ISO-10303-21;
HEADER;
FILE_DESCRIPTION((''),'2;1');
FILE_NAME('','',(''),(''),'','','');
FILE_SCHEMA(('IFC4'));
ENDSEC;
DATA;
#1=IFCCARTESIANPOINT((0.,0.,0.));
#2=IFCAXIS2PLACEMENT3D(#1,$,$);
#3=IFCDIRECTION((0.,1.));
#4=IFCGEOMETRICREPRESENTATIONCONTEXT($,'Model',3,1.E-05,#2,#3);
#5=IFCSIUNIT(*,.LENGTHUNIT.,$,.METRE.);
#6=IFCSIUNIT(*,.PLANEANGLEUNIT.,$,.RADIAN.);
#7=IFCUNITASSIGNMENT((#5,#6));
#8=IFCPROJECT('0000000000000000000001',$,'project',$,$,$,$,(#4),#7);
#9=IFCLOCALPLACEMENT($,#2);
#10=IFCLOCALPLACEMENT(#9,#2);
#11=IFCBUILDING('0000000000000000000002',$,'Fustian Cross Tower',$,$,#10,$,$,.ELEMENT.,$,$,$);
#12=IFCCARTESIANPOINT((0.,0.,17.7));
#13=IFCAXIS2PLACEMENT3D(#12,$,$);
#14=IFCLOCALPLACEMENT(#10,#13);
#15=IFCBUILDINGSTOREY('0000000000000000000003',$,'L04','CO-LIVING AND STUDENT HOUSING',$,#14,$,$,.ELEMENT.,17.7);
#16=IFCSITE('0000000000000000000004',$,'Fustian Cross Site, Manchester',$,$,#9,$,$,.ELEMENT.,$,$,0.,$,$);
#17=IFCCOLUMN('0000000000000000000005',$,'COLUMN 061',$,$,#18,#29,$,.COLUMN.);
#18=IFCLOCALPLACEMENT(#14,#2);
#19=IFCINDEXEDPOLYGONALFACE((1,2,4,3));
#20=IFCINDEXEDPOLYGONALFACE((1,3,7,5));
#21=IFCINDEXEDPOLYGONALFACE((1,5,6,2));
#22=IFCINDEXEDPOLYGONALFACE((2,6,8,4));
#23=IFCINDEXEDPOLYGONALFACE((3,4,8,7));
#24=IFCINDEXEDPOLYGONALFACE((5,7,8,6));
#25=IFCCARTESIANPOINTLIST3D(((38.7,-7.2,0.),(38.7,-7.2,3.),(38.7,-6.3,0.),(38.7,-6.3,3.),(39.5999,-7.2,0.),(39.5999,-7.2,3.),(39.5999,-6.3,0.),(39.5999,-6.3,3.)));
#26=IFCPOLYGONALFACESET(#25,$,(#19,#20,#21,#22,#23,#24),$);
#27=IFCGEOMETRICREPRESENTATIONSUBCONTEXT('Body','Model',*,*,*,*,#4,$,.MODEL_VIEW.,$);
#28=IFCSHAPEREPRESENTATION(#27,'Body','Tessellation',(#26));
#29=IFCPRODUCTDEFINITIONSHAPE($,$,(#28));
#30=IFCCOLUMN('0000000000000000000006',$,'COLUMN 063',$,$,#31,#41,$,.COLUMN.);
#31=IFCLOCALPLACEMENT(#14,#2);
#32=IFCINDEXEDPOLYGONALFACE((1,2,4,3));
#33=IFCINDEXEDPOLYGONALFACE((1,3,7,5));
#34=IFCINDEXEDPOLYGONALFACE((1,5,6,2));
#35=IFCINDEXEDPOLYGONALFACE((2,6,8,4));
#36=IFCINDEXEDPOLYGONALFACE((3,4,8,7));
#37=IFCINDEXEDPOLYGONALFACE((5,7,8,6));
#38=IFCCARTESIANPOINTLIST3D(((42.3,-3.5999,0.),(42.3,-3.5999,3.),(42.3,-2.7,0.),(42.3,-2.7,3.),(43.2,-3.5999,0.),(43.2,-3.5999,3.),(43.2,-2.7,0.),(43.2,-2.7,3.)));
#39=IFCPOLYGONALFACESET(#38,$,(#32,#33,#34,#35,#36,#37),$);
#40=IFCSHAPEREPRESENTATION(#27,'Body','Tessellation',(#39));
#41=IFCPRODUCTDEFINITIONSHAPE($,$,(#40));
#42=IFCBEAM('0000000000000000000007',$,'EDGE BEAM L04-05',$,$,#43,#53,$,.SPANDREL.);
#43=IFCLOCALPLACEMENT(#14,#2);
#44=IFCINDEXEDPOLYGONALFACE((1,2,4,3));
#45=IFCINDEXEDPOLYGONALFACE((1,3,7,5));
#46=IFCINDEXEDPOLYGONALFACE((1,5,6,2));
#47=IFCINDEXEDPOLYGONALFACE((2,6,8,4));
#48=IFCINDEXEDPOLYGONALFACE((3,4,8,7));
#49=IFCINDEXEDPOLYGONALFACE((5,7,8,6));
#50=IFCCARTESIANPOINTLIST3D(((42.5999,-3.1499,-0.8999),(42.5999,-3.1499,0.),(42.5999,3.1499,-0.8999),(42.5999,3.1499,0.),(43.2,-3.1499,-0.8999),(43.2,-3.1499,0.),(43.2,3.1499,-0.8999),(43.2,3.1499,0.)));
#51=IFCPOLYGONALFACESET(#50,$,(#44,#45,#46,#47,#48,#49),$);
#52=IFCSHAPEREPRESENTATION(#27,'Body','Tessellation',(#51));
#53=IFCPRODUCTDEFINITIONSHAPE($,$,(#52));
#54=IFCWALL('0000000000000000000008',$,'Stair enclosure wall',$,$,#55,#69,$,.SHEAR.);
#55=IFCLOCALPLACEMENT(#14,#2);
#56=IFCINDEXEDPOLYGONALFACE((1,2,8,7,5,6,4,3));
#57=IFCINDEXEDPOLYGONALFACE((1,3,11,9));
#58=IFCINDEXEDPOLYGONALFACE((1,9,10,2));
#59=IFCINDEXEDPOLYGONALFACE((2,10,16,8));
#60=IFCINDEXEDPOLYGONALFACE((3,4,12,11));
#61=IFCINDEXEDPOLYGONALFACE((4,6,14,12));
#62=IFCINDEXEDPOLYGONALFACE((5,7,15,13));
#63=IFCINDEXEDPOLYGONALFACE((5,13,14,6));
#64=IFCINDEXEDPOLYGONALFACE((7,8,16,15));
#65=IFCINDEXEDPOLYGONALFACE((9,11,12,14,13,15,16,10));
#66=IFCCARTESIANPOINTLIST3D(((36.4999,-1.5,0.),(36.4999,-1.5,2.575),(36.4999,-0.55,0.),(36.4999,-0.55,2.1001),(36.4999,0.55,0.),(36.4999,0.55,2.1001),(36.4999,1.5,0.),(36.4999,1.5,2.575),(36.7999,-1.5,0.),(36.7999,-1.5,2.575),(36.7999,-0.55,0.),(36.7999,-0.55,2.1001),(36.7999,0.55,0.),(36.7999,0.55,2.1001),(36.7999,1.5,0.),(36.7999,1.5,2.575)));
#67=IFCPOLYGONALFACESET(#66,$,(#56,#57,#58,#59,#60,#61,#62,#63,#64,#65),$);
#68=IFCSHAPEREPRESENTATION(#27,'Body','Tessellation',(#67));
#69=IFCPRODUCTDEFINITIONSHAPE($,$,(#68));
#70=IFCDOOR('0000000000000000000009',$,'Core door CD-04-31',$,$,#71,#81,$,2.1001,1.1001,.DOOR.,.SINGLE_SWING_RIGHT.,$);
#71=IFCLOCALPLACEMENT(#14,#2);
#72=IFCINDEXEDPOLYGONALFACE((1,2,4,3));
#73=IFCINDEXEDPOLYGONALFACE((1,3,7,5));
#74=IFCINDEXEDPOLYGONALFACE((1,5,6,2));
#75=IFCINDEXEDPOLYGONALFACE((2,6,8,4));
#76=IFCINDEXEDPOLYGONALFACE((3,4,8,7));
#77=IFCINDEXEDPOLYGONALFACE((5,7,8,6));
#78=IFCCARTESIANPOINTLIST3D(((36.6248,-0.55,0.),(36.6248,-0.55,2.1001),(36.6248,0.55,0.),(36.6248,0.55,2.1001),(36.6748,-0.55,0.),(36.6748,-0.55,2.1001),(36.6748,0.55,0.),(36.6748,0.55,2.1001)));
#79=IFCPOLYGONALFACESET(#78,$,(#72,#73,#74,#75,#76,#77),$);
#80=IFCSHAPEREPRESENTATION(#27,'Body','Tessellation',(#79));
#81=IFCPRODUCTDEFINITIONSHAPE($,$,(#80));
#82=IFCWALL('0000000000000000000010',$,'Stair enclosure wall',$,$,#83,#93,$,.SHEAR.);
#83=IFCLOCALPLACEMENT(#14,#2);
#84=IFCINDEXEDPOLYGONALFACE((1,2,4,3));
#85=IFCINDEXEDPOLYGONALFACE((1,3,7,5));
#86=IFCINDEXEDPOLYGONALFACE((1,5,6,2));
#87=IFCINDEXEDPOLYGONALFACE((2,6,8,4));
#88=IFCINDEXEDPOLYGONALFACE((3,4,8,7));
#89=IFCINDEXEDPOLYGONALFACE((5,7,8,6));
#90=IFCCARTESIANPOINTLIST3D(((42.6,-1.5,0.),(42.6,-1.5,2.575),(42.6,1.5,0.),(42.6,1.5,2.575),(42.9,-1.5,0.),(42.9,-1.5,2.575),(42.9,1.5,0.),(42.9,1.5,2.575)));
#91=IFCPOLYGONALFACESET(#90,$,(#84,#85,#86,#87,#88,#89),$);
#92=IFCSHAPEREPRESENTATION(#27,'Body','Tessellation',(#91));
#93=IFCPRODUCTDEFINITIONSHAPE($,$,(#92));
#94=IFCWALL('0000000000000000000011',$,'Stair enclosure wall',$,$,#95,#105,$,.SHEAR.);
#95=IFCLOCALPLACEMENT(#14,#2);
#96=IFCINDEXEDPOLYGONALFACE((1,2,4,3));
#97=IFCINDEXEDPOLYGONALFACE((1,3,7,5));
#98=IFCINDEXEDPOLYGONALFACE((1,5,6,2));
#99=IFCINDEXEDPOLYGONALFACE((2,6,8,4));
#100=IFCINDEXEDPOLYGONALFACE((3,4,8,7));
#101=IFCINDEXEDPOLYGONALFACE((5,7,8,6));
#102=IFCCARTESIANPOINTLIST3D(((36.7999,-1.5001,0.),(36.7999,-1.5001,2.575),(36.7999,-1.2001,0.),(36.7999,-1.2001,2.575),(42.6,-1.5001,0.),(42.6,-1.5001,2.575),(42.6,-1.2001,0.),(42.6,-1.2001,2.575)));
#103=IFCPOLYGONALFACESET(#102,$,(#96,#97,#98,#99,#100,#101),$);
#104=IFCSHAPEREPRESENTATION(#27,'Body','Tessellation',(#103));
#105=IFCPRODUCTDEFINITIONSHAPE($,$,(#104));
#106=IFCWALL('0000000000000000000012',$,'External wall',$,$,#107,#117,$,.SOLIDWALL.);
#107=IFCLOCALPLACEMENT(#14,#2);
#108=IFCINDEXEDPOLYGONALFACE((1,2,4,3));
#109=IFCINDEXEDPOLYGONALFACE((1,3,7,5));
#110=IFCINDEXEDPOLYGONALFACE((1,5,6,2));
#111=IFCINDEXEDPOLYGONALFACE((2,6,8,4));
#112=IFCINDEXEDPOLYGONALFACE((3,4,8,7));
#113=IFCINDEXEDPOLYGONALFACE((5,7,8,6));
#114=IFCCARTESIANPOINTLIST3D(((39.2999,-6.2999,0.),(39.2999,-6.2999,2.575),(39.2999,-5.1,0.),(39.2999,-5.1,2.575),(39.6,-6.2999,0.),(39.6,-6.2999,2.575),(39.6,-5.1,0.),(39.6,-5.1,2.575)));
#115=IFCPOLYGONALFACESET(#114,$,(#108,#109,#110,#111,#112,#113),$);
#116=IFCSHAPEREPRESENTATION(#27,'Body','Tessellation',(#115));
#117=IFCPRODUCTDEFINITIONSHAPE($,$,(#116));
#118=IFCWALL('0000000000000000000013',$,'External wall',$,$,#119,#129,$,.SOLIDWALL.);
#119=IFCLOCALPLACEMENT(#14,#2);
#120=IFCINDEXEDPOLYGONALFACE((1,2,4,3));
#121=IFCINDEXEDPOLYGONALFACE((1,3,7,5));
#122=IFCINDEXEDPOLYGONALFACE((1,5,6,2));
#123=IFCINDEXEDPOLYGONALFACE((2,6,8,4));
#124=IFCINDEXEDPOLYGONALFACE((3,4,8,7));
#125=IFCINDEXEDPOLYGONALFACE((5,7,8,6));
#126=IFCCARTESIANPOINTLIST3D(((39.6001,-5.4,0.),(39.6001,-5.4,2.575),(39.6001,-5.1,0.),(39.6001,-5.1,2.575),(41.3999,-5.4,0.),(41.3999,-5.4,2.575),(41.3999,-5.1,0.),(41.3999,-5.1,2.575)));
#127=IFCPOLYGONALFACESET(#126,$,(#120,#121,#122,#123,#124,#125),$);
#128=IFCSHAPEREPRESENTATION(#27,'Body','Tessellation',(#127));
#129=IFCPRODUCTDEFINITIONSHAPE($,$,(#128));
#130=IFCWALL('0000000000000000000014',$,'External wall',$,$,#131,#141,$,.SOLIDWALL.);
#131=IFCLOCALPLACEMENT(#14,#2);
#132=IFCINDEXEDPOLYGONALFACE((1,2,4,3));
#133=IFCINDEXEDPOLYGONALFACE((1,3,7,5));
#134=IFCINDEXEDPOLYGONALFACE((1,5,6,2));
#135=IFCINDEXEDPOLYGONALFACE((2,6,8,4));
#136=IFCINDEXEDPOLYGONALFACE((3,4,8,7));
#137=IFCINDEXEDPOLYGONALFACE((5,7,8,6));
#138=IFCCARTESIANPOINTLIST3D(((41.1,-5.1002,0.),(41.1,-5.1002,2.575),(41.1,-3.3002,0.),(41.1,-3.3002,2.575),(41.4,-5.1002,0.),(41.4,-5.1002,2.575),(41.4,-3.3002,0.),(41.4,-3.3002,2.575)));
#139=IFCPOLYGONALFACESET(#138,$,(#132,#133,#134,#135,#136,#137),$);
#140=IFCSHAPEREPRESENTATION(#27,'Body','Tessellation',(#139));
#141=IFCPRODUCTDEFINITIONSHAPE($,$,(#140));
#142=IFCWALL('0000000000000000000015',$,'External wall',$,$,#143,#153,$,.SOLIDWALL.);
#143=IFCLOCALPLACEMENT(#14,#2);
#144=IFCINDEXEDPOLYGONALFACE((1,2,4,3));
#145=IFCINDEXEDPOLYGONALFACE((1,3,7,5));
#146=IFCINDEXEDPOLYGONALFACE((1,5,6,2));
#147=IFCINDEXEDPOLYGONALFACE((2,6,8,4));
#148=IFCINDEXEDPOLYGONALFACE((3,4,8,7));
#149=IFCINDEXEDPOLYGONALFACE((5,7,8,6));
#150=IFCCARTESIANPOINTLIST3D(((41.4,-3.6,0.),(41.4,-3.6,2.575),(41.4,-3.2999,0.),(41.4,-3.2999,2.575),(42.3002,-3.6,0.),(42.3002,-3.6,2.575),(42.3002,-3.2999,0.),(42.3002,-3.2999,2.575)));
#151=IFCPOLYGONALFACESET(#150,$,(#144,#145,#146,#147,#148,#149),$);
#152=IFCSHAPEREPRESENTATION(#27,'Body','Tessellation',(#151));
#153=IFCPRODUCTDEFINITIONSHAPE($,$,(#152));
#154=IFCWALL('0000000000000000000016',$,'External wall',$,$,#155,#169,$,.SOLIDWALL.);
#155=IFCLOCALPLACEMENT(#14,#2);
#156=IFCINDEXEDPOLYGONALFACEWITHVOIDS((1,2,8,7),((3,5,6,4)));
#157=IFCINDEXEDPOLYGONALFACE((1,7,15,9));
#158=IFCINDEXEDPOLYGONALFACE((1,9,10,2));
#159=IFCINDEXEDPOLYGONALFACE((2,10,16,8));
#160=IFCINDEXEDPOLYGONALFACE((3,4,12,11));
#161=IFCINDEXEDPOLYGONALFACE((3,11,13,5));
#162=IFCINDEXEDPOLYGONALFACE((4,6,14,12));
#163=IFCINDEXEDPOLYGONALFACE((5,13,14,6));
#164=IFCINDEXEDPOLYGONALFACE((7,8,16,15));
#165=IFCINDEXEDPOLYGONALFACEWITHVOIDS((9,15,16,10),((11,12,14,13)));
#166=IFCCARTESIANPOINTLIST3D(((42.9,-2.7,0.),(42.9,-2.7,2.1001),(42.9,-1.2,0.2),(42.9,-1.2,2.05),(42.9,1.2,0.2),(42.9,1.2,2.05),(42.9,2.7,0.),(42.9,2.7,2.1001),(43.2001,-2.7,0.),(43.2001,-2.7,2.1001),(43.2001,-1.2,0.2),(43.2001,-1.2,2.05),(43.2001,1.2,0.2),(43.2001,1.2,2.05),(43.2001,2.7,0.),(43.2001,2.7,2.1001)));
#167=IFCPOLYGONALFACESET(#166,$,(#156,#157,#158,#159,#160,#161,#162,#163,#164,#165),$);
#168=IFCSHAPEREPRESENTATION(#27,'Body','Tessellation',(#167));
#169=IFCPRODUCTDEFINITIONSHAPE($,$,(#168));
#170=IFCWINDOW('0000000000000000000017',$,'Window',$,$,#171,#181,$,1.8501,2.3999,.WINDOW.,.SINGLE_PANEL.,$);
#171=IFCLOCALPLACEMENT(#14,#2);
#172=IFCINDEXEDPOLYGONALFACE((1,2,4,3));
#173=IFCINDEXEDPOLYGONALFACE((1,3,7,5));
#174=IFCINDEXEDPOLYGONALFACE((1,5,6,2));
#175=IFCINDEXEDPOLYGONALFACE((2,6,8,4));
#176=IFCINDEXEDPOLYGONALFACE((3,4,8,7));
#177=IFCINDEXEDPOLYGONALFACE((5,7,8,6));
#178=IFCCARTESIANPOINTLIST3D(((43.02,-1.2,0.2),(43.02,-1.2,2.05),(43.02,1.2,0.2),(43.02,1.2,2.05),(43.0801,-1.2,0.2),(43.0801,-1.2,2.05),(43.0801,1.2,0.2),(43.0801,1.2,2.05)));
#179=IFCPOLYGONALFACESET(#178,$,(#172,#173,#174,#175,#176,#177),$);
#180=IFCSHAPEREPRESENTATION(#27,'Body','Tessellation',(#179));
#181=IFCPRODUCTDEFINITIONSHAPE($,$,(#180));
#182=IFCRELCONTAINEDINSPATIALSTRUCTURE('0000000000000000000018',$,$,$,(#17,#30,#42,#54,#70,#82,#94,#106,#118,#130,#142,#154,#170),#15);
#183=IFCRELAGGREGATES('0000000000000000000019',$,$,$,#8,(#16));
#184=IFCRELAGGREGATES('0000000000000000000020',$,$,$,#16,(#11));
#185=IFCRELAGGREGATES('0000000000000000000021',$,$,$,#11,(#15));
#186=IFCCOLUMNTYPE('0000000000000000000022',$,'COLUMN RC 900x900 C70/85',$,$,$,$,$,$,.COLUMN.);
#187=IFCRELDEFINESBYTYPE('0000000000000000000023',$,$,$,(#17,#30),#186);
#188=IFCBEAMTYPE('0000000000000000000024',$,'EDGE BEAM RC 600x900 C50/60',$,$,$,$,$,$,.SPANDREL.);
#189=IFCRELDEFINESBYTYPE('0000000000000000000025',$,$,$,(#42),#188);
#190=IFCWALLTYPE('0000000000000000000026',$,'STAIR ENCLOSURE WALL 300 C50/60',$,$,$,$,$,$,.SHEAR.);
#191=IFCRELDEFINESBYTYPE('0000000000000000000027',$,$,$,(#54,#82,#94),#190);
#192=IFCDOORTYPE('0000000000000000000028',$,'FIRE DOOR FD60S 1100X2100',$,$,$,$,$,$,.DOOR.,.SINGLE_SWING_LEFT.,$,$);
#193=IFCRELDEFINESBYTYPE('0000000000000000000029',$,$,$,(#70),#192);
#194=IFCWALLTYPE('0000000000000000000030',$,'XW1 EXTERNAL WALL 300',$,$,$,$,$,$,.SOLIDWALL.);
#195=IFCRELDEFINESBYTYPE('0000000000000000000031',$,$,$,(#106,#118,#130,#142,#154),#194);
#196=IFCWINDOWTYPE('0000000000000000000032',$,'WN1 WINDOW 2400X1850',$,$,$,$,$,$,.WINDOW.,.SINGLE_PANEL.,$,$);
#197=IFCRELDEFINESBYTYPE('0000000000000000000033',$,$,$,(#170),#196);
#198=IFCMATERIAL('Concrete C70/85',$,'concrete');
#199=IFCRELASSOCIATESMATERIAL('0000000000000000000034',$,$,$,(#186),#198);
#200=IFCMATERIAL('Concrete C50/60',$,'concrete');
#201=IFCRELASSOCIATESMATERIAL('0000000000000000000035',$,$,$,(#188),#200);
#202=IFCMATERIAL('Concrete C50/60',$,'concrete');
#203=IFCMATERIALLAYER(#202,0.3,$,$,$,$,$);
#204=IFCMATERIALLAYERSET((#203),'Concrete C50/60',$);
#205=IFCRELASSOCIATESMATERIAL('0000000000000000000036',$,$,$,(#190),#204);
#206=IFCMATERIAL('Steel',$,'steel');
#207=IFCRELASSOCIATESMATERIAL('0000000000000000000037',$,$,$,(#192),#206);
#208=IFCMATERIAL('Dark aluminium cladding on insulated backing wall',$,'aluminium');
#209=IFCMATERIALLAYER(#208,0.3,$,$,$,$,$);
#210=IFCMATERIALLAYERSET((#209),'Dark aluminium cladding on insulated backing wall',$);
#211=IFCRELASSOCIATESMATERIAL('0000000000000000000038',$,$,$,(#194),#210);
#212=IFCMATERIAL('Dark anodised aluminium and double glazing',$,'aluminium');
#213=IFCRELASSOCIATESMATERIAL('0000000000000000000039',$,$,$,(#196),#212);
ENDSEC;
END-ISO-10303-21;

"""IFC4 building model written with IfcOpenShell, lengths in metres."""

from ifc_helpers import new_model, si_unit, direction, frame, frame_2d, origin, origin_2d, place, context, subcontext, project, spatial, rectangle, extrude, material, layer, layer_set, material_profile, profile_set, type_object, element, fill, save


model = new_model("IFC4")

# Units and contexts
model_context = context("Model", 3, precision=1e-05, world=origin(), true_north=direction((0.0, 1.0)))
body_context = subcontext(model_context, "Body", "Model", "MODEL_VIEW")
ifc_project = project(units=[si_unit("LENGTHUNIT", "METRE"), si_unit("PLANEANGLEUNIT", "RADIAN")], contexts=[model_context])

# Site, building, storey
site_placement = place(None, origin())
site = spatial("IfcSite", under=ifc_project, at=site_placement, Name="Fustian Cross Site, Manchester", CompositionType="ELEMENT", RefElevation=0.0)
building_placement = place(site_placement, origin())
building = spatial("IfcBuilding", under=site, at=building_placement, Name="Fustian Cross Tower", CompositionType="ELEMENT")
storey_placement = place(building_placement, frame((0.0, 0.0, 17.7)))
storey = spatial("IfcBuildingStorey", under=building, at=storey_placement, Name="L04", Description="CO-LIVING AND STUDENT HOUSING", CompositionType="ELEMENT", Elevation=17.7)

# Columns
ifc_material_1 = material(Name="Concrete C70/85", Category="concrete")
ifc_material_profile_1 = material_profile(ifc_material_1, rectangle(XDim=0.8999, YDim=0.8999, at=origin_2d()), Name="RC 900x900")
ifc_profile_set_1 = profile_set([ifc_material_profile_1], Name="Concrete C70/85")
column_type = type_object("IfcColumnType", Name="COLUMN RC 900x900 C70/85", PredefinedType="COLUMN", material=ifc_profile_set_1)
for number, where, z_axis, x_axis, name in (
    (1, (39.1499, -6.75, 0.0), (0.0, 0.0, 1.0), (1.0, 0.0, 0.0), "COLUMN 061"),
    (2, (42.75, -3.1499, 0.0), (0.0, 0.0, 1.0), (1.0, 0.0, 0.0), "COLUMN 063"),
):
    element("IfcColumn", number, at=place(storey_placement, frame(where, z_axis=z_axis, x_axis=x_axis)), inside=storey, type_object=column_type, Name=name, PredefinedType="COLUMN", context=body_context, shape_type="SweptSolid", body=[
        extrude(rectangle(XDim=0.8999, YDim=0.8999, at=origin_2d()), origin(), (0.0, 0.0, 1.0), 3.0),
    ])

# Beam
ifc_material_2 = material(Name="Concrete C50/60", Category="concrete")
ifc_material_profile_2 = material_profile(ifc_material_2, rectangle(XDim=0.6001, YDim=0.8999, at=origin_2d()), Name="RC 600x900")
ifc_profile_set_2 = profile_set([ifc_material_profile_2], Name="Concrete C50/60")
beam_type = type_object("IfcBeamType", Name="EDGE BEAM RC 600x900 C50/60", PredefinedType="SPANDREL", material=ifc_profile_set_2)
beam_placement = place(storey_placement, frame((42.8999, -3.1499, -0.45), z_axis=(0.0, 1.0, 0.0), x_axis=(-1.0, 0.0, 0.0)))
element("IfcBeam", 3, at=beam_placement, inside=storey, type_object=beam_type, Name="EDGE BEAM L04-05", PredefinedType="SPANDREL", context=body_context, shape_type="SweptSolid", body=[
    extrude(rectangle(XDim=0.6001, YDim=0.8999, at=origin_2d()), origin(), (0.0, 0.0, 1.0), 6.2998),
])

# Wall, opening, door
ifc_material_3 = material(Name="Concrete C50/60", Category="concrete")
ifc_layer_1 = layer(ifc_material_3, 0.3)
ifc_layer_set_1 = layer_set([ifc_layer_1], Name="Concrete C50/60")
wall_type_1 = type_object("IfcWallType", Name="STAIR ENCLOSURE WALL 300 C50/60", PredefinedType="SHEAR", material=ifc_layer_set_1)
wall_1_placement = place(storey_placement, frame((36.6499, -1.5, 0.0), z_axis=(0.0, 0.0, 1.0), x_axis=(0.0, 1.0, 0.0)))
wall_1 = element("IfcWall", 4, at=wall_1_placement, inside=storey, type_object=wall_type_1, Name="Stair enclosure wall", PredefinedType="SHEAR", context=body_context, shape_type="SweptSolid", body=[
    extrude(rectangle(XDim=3.0, YDim=0.3, at=frame_2d((1.5, 0.0))), origin(), (0.0, 0.0, 1.0), 2.575),
])
opening_1_placement = place(wall_1_placement, frame((0.95, 0.0, 0.0)))
opening_1 = element("IfcOpeningElement", 5, at=opening_1_placement, cuts=wall_1, PredefinedType="OPENING", context=body_context, shape_type="SweptSolid", body=[
    extrude(rectangle(XDim=1.1001, YDim=2.1001, at=frame_2d((0.55, 1.05))), frame((0.0, 0.1599, 0.0), z_axis=(0.0, -1.0, 0.0), x_axis=(1.0, 0.0, 0.0)), (0.0, 0.0, 1.0), 0.3201),
])
ifc_material_4 = material(Name="Steel", Category="steel")
door_type = type_object("IfcDoorType", Name="FIRE DOOR FD60S 1100X2100", OperationType="SINGLE_SWING_LEFT", PredefinedType="DOOR", material=ifc_material_4)
door_placement = place(opening_1_placement, frame((1.1001, 0.0, 0.0), z_axis=(0.0, 0.0, 1.0), x_axis=(-1.0, 0.0, 0.0)))
door = element("IfcDoor", 6, at=door_placement, inside=storey, type_object=door_type, Name="Core door CD-04-31", OperationType="SINGLE_SWING_RIGHT", OverallHeight=2.1001, OverallWidth=1.1001, PredefinedType="DOOR", context=body_context, shape_type="SweptSolid", body=[
    extrude(rectangle(XDim=1.1001, YDim=2.1001, at=frame_2d((0.55, 1.05))), frame((0.0, 0.0249, 0.0), z_axis=(0.0, -1.0, 0.0), x_axis=(1.0, 0.0, 0.0)), (0.0, 0.0, 1.0), 0.05),
])
fill(opening_1, door)

# Walls
wall_2_placement = place(storey_placement, frame((42.75, -1.5, 0.0), z_axis=(0.0, 0.0, 1.0), x_axis=(0.0, 1.0, 0.0)))
element("IfcWall", 7, at=wall_2_placement, inside=storey, type_object=wall_type_1, Name="Stair enclosure wall", PredefinedType="SHEAR", context=body_context, shape_type="SweptSolid", body=[
    extrude(rectangle(XDim=3.0, YDim=0.3, at=frame_2d((1.5, 0.0))), origin(), (0.0, 0.0, 1.0), 2.575),
])
wall_3_placement = place(storey_placement, frame((36.8, -1.3501, 0.0), z_axis=(0.0, 0.0, 1.0), x_axis=(1.0, 0.0, 0.0)))
element("IfcWall", 8, at=wall_3_placement, inside=storey, type_object=wall_type_1, Name="Stair enclosure wall", PredefinedType="SHEAR", context=body_context, shape_type="SweptSolid", body=[
    extrude(rectangle(XDim=5.8, YDim=0.3, at=frame_2d((2.8999, 0.0))), origin(), (0.0, 0.0, 1.0), 2.575),
])
ifc_material_5 = material(Name="Dark aluminium cladding on insulated backing wall", Category="aluminium")
ifc_layer_2 = layer(ifc_material_5, 0.3)
ifc_layer_set_2 = layer_set([ifc_layer_2], Name="Dark aluminium cladding on insulated backing wall")
wall_type_2 = type_object("IfcWallType", Name="XW1 EXTERNAL WALL 300", PredefinedType="SOLIDWALL", material=ifc_layer_set_2)
wall_4_placement = place(storey_placement, frame((39.45, -6.3, 0.0), z_axis=(0.0, 0.0, 1.0), x_axis=(0.0, 1.0, 0.0)))
element("IfcWall", 9, at=wall_4_placement, inside=storey, type_object=wall_type_2, Name="External wall", PredefinedType="SOLIDWALL", context=body_context, shape_type="SweptSolid", body=[
    extrude(rectangle(XDim=1.2, YDim=0.3, at=frame_2d((0.6001, 0.0))), origin(), (0.0, 0.0, 1.0), 2.575),
])
wall_5_placement = place(storey_placement, frame((39.6001, -5.25, 0.0), z_axis=(0.0, 0.0, 1.0), x_axis=(1.0, 0.0, 0.0)))
element("IfcWall", 10, at=wall_5_placement, inside=storey, type_object=wall_type_2, Name="External wall", PredefinedType="SOLIDWALL", context=body_context, shape_type="SweptSolid", body=[
    extrude(rectangle(XDim=1.7998, YDim=0.3, at=frame_2d((0.8999, 0.0))), origin(), (0.0, 0.0, 1.0), 2.575),
])
wall_6_placement = place(storey_placement, frame((41.25, -5.1001, 0.0), z_axis=(0.0, 0.0, 1.0), x_axis=(0.0, 1.0, 0.0)))
element("IfcWall", 11, at=wall_6_placement, inside=storey, type_object=wall_type_2, Name="External wall", PredefinedType="SOLIDWALL", context=body_context, shape_type="SweptSolid", body=[
    extrude(rectangle(XDim=1.8, YDim=0.3, at=frame_2d((0.8999, 0.0))), origin(), (0.0, 0.0, 1.0), 2.575),
])
wall_7_placement = place(storey_placement, frame((41.3999, -3.45, 0.0), z_axis=(0.0, 0.0, 1.0), x_axis=(1.0, 0.0, 0.0)))
element("IfcWall", 12, at=wall_7_placement, inside=storey, type_object=wall_type_2, Name="External wall", PredefinedType="SOLIDWALL", context=body_context, shape_type="SweptSolid", body=[
    extrude(rectangle(XDim=0.9001, YDim=0.3, at=frame_2d((0.4502, 0.0))), origin(), (0.0, 0.0, 1.0), 2.575),
])

# Wall, opening, window
wall_8_placement = place(storey_placement, frame((43.05, -2.7, 0.0), z_axis=(0.0, 0.0, 1.0), x_axis=(0.0, 1.0, 0.0)))
wall_8 = element("IfcWall", 13, at=wall_8_placement, inside=storey, type_object=wall_type_2, Name="External wall", PredefinedType="SOLIDWALL", context=body_context, shape_type="SweptSolid", body=[
    extrude(rectangle(XDim=5.3999, YDim=0.3, at=frame_2d((2.7, 0.0))), origin(), (0.0, 0.0, 1.0), 2.1001),
])
opening_2_placement = place(wall_8_placement, frame((1.5, 0.0, 0.2)))
opening_2 = element("IfcOpeningElement", 14, at=opening_2_placement, cuts=wall_8, PredefinedType="OPENING", context=body_context, shape_type="SweptSolid", body=[
    extrude(rectangle(XDim=2.3999, YDim=1.8501, at=frame_2d((1.2, 0.925))), frame((0.0, 0.1599, 0.0), z_axis=(0.0, -1.0, 0.0), x_axis=(1.0, 0.0, 0.0)), (0.0, 0.0, 1.0), 0.3201),
])
ifc_material_6 = material(Name="Dark anodised aluminium and double glazing", Category="aluminium")
window_type = type_object("IfcWindowType", Name="WN1 WINDOW 2400X1850", PartitioningType="SINGLE_PANEL", PredefinedType="WINDOW", material=ifc_material_6)
window_placement = place(opening_2_placement, origin())
window = element("IfcWindow", 15, at=window_placement, inside=storey, type_object=window_type, Name="Window", OverallHeight=1.8501, OverallWidth=2.3999, PartitioningType="SINGLE_PANEL", PredefinedType="WINDOW", context=body_context, shape_type="SweptSolid", body=[
    extrude(rectangle(XDim=2.3999, YDim=1.8501, at=frame_2d((1.2, 0.925))), frame((0.0, 0.03, 0.0), z_axis=(0.0, -1.0, 0.0), x_axis=(1.0, 0.0, 0.0)), (0.0, 0.0, 1.0), 0.0601),
])
fill(opening_2, window)

save(model, "model.ifc")
